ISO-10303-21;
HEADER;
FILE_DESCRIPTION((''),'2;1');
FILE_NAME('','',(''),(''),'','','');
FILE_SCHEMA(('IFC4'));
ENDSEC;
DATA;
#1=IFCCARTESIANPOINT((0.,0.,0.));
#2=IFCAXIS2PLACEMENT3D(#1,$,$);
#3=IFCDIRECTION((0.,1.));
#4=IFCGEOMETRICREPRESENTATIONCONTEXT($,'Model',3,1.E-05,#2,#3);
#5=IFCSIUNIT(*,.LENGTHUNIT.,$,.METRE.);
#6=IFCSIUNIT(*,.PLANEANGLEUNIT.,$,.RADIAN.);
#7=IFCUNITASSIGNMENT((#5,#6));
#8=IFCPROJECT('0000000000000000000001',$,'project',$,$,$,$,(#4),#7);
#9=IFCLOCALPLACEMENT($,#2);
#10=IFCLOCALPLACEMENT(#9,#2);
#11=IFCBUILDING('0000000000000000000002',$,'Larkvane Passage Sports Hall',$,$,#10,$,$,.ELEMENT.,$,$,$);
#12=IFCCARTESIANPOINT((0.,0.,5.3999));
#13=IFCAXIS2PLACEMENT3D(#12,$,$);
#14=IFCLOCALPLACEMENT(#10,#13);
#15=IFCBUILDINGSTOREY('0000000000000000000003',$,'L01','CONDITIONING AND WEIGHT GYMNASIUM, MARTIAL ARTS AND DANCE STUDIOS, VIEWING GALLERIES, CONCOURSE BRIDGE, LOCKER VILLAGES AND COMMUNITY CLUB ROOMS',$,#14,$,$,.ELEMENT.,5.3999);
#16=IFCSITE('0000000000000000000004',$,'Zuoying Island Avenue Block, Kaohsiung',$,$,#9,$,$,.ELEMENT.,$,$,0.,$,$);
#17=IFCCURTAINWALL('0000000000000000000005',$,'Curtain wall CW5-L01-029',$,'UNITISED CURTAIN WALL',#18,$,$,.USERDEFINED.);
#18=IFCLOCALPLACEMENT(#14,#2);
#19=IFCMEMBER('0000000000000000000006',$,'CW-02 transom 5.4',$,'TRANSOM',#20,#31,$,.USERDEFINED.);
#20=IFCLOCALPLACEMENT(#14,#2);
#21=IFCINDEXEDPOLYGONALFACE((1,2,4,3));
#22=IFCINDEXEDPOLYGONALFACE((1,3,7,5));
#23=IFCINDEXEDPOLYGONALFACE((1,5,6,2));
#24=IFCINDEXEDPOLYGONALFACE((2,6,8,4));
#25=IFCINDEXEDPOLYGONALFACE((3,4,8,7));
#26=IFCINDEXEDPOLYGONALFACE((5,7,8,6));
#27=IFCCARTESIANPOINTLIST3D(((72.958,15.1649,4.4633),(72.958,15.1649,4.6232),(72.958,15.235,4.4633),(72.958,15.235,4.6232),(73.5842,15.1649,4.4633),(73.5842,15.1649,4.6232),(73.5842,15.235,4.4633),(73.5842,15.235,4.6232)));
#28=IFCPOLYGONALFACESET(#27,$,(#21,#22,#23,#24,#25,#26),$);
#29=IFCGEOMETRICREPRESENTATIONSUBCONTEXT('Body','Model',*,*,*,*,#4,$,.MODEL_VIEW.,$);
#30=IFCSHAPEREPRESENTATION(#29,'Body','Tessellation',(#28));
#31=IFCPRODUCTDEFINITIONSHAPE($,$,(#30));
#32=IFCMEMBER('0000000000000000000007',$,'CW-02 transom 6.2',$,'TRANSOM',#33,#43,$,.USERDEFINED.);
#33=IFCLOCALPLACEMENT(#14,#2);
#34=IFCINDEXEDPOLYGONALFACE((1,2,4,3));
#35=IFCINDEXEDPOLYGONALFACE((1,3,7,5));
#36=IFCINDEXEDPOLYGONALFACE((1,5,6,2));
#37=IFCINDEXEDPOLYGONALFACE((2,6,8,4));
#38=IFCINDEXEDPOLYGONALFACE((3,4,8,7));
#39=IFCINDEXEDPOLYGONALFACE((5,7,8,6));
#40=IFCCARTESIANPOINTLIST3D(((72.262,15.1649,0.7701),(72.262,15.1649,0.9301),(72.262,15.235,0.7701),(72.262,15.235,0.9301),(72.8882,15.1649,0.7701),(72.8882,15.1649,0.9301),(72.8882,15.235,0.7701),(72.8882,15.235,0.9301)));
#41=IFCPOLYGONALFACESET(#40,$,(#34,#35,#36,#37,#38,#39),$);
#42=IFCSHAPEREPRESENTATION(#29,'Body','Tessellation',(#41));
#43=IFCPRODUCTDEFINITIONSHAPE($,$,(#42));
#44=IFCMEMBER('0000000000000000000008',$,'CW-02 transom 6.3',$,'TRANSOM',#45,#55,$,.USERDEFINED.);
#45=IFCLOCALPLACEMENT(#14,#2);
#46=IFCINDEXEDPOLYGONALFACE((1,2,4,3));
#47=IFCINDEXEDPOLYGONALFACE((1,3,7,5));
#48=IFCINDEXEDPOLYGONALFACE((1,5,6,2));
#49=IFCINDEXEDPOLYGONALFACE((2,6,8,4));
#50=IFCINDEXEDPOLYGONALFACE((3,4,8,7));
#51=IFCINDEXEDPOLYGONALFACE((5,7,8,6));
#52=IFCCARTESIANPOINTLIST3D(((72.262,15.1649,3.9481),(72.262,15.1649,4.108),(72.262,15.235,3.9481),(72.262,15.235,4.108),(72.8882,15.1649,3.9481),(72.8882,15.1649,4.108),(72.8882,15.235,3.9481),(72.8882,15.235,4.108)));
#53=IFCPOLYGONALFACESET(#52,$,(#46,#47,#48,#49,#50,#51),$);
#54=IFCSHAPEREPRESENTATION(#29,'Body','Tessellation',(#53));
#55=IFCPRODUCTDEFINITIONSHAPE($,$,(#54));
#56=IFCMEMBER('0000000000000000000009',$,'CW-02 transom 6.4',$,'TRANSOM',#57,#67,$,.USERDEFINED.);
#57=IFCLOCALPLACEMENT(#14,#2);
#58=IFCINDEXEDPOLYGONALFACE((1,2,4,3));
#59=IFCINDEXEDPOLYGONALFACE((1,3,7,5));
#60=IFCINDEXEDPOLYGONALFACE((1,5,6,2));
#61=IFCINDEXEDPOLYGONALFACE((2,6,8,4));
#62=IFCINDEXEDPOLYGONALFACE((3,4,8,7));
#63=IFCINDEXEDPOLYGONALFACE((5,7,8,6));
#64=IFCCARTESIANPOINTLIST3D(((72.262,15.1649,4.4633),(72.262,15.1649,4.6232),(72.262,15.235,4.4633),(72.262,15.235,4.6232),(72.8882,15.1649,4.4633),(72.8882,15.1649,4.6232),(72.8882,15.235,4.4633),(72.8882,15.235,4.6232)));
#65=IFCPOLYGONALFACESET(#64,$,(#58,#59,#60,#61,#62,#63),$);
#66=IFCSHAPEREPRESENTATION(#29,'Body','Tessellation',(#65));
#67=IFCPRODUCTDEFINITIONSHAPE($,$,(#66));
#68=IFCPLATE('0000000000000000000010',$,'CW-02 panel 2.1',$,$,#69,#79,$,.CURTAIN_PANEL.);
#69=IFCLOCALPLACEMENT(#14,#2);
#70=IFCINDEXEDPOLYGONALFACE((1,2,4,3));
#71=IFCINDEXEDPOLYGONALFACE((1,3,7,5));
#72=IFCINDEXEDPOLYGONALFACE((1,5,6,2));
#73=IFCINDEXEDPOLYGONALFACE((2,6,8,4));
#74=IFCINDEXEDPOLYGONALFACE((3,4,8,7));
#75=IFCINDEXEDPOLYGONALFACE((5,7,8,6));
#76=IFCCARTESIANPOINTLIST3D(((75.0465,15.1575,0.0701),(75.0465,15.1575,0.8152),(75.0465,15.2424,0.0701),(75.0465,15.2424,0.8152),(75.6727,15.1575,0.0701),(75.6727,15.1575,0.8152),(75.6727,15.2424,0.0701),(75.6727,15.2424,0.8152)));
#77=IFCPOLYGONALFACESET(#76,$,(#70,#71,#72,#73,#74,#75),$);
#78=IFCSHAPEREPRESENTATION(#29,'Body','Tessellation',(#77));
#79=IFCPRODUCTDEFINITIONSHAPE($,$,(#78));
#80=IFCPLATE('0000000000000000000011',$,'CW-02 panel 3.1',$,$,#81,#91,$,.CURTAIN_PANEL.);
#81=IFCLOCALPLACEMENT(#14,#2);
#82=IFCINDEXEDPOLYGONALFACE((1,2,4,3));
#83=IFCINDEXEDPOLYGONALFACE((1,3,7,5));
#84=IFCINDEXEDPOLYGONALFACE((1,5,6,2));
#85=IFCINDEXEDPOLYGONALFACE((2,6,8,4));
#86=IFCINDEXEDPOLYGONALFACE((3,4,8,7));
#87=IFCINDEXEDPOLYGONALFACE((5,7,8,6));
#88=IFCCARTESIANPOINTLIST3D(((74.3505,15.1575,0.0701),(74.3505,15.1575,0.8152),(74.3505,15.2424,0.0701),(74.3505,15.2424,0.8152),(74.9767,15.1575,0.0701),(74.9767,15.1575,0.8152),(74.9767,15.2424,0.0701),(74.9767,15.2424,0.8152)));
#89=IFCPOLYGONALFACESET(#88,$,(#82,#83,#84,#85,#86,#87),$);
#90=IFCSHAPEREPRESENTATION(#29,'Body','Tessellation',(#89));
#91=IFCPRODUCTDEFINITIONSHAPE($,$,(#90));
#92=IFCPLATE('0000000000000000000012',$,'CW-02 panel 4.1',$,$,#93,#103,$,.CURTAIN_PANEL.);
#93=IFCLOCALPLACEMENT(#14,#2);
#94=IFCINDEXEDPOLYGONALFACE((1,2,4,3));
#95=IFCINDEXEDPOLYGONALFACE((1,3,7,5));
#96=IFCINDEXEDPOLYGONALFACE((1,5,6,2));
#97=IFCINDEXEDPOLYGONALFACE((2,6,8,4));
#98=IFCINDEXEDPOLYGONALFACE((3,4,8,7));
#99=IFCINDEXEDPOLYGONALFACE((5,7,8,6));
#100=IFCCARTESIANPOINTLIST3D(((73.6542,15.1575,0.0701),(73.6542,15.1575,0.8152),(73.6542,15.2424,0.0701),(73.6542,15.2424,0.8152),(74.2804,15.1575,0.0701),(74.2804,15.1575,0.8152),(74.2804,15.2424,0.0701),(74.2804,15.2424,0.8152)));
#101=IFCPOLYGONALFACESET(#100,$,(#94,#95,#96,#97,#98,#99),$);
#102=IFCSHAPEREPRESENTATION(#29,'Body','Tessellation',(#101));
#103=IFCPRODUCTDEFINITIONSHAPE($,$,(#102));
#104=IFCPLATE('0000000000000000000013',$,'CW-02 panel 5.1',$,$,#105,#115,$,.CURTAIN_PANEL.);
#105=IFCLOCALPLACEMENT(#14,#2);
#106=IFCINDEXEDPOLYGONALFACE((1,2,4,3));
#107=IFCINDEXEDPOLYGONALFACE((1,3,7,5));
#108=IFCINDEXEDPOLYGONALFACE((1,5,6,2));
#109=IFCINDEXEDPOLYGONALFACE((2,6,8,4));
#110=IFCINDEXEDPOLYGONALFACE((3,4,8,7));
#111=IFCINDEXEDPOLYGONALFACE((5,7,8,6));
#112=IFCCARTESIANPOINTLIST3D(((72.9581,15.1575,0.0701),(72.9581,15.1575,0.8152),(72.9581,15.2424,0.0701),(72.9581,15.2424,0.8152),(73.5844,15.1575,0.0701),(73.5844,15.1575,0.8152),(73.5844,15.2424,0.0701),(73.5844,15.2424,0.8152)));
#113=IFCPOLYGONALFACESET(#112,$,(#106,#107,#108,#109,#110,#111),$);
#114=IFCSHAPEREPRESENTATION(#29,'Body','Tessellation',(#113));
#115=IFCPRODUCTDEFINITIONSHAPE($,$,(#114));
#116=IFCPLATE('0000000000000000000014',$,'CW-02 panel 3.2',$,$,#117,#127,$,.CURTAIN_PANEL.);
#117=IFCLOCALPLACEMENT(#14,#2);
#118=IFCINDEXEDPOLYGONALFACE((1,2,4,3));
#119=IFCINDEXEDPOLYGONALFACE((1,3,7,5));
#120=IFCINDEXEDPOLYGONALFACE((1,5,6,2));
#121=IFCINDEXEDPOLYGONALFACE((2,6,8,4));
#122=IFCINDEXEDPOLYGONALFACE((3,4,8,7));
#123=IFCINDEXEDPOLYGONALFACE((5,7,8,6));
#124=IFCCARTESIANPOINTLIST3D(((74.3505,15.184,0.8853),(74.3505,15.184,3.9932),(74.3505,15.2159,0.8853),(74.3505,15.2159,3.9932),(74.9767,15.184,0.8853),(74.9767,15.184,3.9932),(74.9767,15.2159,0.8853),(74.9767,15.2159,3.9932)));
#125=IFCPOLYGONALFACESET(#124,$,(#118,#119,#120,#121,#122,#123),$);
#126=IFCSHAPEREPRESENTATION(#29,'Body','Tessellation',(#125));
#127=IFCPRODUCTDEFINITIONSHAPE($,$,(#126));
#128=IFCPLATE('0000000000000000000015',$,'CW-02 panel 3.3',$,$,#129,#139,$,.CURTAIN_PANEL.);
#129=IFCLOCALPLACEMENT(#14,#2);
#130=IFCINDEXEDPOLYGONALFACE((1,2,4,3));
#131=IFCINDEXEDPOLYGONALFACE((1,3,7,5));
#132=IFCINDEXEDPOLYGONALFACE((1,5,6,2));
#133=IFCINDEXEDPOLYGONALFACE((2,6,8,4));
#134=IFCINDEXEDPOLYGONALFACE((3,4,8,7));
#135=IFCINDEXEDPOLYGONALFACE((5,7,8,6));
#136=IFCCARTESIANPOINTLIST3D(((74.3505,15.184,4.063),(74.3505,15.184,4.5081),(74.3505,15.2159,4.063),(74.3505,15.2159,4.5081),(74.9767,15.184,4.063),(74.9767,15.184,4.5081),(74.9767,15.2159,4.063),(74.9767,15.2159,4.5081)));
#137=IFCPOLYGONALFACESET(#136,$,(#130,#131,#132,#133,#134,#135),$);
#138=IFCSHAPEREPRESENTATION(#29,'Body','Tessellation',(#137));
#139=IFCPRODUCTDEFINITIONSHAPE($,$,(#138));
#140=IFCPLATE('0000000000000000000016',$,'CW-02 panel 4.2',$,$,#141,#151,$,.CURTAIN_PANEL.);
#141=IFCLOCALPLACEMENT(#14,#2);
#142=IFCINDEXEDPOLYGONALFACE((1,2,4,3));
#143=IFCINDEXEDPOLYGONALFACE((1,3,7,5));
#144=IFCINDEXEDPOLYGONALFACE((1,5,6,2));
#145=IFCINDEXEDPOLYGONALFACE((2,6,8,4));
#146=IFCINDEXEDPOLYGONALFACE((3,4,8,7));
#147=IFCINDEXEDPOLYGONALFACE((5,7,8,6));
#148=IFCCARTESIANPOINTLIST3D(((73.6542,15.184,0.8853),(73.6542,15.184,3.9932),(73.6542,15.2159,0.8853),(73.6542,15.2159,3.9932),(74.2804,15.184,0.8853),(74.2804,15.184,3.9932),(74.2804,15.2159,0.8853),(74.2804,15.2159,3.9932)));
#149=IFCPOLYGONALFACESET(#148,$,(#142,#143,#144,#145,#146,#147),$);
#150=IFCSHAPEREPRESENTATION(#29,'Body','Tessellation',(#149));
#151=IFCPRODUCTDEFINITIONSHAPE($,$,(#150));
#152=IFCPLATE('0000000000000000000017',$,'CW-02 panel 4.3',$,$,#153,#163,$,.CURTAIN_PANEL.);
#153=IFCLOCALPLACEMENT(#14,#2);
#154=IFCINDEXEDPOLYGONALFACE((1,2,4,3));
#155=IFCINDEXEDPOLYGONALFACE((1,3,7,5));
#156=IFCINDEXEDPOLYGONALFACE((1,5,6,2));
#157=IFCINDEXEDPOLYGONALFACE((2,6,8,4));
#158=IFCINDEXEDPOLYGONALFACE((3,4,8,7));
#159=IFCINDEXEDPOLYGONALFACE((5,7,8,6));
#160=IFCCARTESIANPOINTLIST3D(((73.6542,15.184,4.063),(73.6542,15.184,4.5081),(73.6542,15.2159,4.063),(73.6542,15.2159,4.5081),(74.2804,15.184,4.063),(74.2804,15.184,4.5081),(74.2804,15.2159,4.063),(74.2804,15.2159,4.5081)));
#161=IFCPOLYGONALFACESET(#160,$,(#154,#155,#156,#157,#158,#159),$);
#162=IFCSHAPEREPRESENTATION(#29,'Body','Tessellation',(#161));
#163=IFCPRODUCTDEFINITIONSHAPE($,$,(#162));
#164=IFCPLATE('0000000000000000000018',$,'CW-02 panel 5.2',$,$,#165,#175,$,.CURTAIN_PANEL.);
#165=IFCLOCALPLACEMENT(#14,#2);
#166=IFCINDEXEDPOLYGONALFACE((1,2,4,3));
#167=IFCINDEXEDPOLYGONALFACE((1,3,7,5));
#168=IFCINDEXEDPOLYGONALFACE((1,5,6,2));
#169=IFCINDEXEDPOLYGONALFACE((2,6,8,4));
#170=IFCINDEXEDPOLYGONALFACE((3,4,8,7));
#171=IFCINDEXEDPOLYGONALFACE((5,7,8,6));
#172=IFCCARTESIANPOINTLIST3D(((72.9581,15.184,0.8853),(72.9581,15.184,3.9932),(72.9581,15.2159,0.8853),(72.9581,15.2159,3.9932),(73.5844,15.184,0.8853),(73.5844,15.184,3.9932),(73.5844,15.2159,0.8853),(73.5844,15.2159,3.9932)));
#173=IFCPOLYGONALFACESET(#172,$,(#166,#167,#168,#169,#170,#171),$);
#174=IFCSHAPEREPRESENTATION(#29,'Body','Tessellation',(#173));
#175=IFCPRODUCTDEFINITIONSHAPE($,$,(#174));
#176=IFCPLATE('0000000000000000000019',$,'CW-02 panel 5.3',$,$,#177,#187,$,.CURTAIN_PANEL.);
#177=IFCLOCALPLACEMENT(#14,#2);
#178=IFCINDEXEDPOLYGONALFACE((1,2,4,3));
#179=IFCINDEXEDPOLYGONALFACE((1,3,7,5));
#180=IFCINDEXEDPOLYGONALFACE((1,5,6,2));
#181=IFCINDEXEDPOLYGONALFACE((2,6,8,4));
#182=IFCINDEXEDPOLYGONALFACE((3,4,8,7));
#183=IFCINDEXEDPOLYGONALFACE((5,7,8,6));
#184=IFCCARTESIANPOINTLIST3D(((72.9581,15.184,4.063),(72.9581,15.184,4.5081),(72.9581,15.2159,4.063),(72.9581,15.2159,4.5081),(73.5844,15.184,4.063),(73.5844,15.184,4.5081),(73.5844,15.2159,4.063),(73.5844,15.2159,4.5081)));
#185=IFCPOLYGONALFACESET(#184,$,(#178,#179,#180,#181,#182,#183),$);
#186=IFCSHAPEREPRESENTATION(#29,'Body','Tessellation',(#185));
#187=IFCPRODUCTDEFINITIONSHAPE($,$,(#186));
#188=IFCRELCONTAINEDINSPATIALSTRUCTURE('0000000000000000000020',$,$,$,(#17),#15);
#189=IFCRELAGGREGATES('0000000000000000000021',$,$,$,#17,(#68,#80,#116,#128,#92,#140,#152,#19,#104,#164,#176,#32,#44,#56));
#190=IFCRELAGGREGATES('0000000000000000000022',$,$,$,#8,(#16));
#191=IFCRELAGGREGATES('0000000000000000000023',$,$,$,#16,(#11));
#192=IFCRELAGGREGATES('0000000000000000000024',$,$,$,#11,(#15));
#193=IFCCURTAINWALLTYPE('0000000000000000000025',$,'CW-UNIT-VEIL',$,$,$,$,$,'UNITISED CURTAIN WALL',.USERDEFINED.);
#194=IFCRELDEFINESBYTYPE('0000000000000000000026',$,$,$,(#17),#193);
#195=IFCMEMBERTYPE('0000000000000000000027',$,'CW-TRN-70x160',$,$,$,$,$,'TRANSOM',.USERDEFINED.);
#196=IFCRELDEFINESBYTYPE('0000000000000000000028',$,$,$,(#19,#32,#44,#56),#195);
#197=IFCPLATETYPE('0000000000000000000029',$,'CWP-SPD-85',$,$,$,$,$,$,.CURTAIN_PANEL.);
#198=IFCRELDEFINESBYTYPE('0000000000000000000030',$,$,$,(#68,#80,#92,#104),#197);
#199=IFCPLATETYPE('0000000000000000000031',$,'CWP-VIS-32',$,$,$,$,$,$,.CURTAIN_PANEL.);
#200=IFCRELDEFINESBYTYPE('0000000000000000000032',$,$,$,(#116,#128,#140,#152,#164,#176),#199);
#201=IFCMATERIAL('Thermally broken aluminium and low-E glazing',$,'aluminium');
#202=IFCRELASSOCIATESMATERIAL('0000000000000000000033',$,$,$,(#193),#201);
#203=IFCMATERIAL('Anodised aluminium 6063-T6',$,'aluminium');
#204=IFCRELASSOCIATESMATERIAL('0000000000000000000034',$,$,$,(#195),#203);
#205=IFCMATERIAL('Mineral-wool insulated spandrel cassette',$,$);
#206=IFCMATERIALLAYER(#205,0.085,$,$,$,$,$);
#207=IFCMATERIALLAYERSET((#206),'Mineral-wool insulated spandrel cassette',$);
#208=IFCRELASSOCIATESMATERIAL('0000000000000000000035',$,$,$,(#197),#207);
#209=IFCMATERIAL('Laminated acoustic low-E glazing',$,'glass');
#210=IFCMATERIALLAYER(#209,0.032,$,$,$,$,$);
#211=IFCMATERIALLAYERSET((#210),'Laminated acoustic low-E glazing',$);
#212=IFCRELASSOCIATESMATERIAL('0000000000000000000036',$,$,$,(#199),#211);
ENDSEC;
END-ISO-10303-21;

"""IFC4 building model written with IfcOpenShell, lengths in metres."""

from ifc_helpers import new_model, si_unit, direction, frame, origin, origin_2d, place, context, subcontext, project, spatial, rectangle, extrude, material, layer, layer_set, material_profile, profile_set, type_object, element, aggregate, save


model = new_model("IFC4")

# Units and contexts
model_context = context("Model", 3, precision=1e-05, world=origin(), true_north=direction((0.0, 1.0)))
body_context = subcontext(model_context, "Body", "Model", "MODEL_VIEW")
ifc_project = project(units=[si_unit("LENGTHUNIT", "METRE"), si_unit("PLANEANGLEUNIT", "RADIAN")], contexts=[model_context])

# Site, building, storey
site_placement = place(None, origin())
site = spatial("IfcSite", under=ifc_project, at=site_placement, Name="Zuoying Island Avenue Block, Kaohsiung", CompositionType="ELEMENT", RefElevation=0.0)
building_placement = place(site_placement, origin())
building = spatial("IfcBuilding", under=site, at=building_placement, Name="Larkvane Passage Sports Hall", CompositionType="ELEMENT")
storey_placement = place(building_placement, frame((0.0, 0.0, 5.3999)))
storey = spatial("IfcBuildingStorey", under=building, at=storey_placement, Name="L01", Description="CONDITIONING AND WEIGHT GYMNASIUM, MARTIAL ARTS AND DANCE STUDIOS, VIEWING GALLERIES, CONCOURSE BRIDGE, LOCKER VILLAGES AND COMMUNITY CLUB ROOMS", CompositionType="ELEMENT", Elevation=5.3999)

# Curtain wall, members, plates
ifc_material_1 = material(Name="Thermally broken aluminium and low-E glazing", Category="aluminium")
curtain_wall_type = type_object("IfcCurtainWallType", Name="CW-UNIT-VEIL", ElementType="UNITISED CURTAIN WALL", PredefinedType="USERDEFINED", material=ifc_material_1)
curtain_wall_placement = place(storey_placement, origin())
curtain_wall = element("IfcCurtainWall", 1, at=curtain_wall_placement, inside=storey, type_object=curtain_wall_type, Name="Curtain wall CW5-L01-029", ObjectType="UNITISED CURTAIN WALL", PredefinedType="USERDEFINED")
ifc_material_2 = material(Name="Anodised aluminium 6063-T6", Category="aluminium")
ifc_material_profile_1 = material_profile(ifc_material_2, rectangle(XDim=0.0701, YDim=0.1599, at=origin_2d()), Name="ALU-TRN-70x160")
ifc_profile_set_1 = profile_set([ifc_material_profile_1], Name="Anodised aluminium 6063-T6")
member_type_1 = type_object("IfcMemberType", Name="CW-TRN-70x160", ElementType="TRANSOM", PredefinedType="USERDEFINED", material=ifc_profile_set_1)
member_1_placement = place(storey_placement, frame((73.5842, 15.2, 4.5432), z_axis=(-1.0, 0.0, 0.0), x_axis=(0.0, -1.0, 0.0)))
member_1 = element("IfcMember", 2, at=member_1_placement, type_object=member_type_1, Name="CW-02 transom 5.4", ObjectType="TRANSOM", PredefinedType="USERDEFINED", context=body_context, shape_type="SweptSolid", body=[
    extrude(rectangle(XDim=0.0701, YDim=0.1599, at=origin_2d()), origin(), (0.0, 0.0, 1.0), 0.6262),
])
member_2_placement = place(storey_placement, frame((72.8882, 15.2, 0.8501), z_axis=(-1.0, 0.0, 0.0), x_axis=(0.0, -1.0, 0.0)))
member_2 = element("IfcMember", 3, at=member_2_placement, type_object=member_type_1, Name="CW-02 transom 6.2", ObjectType="TRANSOM", PredefinedType="USERDEFINED", context=body_context, shape_type="SweptSolid", body=[
    extrude(rectangle(XDim=0.0701, YDim=0.1599, at=origin_2d()), origin(), (0.0, 0.0, 1.0), 0.6262),
])
member_3_placement = place(storey_placement, frame((72.8882, 15.2, 4.0281), z_axis=(-1.0, 0.0, 0.0), x_axis=(0.0, -1.0, 0.0)))
member_3 = element("IfcMember", 4, at=member_3_placement, type_object=member_type_1, Name="CW-02 transom 6.3", ObjectType="TRANSOM", PredefinedType="USERDEFINED", context=body_context, shape_type="SweptSolid", body=[
    extrude(rectangle(XDim=0.0701, YDim=0.1599, at=origin_2d()), origin(), (0.0, 0.0, 1.0), 0.6262),
])
member_4_placement = place(storey_placement, frame((72.8882, 15.2, 4.5432), z_axis=(-1.0, 0.0, 0.0), x_axis=(0.0, -1.0, 0.0)))
member_4 = element("IfcMember", 5, at=member_4_placement, type_object=member_type_1, Name="CW-02 transom 6.4", ObjectType="TRANSOM", PredefinedType="USERDEFINED", context=body_context, shape_type="SweptSolid", body=[
    extrude(rectangle(XDim=0.0701, YDim=0.1599, at=origin_2d()), origin(), (0.0, 0.0, 1.0), 0.6262),
])
ifc_material_3 = material(Name="Mineral-wool insulated spandrel cassette")
ifc_layer_1 = layer(ifc_material_3, 0.085)
ifc_layer_set_1 = layer_set([ifc_layer_1], Name="Mineral-wool insulated spandrel cassette")
plate_type_1 = type_object("IfcPlateType", Name="CWP-SPD-85", PredefinedType="CURTAIN_PANEL", material=ifc_layer_set_1)
plate_1_placement = place(storey_placement, frame((75.3596, 15.2, 0.0701), z_axis=(0.0, 0.0, 1.0), x_axis=(-1.0, 0.0, 0.0)))
plate_1 = element("IfcPlate", 6, at=plate_1_placement, type_object=plate_type_1, Name="CW-02 panel 2.1", PredefinedType="CURTAIN_PANEL", context=body_context, shape_type="SweptSolid", body=[
    extrude(rectangle(XDim=0.6262, YDim=0.085, at=origin_2d()), origin(), (0.0, 0.0, 1.0), 0.7451),
])
plate_2_placement = place(storey_placement, frame((74.6636, 15.2, 0.0701), z_axis=(0.0, 0.0, 1.0), x_axis=(-1.0, 0.0, 0.0)))
plate_2 = element("IfcPlate", 7, at=plate_2_placement, type_object=plate_type_1, Name="CW-02 panel 3.1", PredefinedType="CURTAIN_PANEL", context=body_context, shape_type="SweptSolid", body=[
    extrude(rectangle(XDim=0.6262, YDim=0.085, at=origin_2d()), origin(), (0.0, 0.0, 1.0), 0.7451),
])
plate_3_placement = place(storey_placement, frame((73.9673, 15.2, 0.0701), z_axis=(0.0, 0.0, 1.0), x_axis=(-1.0, 0.0, 0.0)))
plate_3 = element("IfcPlate", 8, at=plate_3_placement, type_object=plate_type_1, Name="CW-02 panel 4.1", PredefinedType="CURTAIN_PANEL", context=body_context, shape_type="SweptSolid", body=[
    extrude(rectangle(XDim=0.6262, YDim=0.085, at=origin_2d()), origin(), (0.0, 0.0, 1.0), 0.7451),
])
plate_4_placement = place(storey_placement, frame((73.2712, 15.2, 0.0701), z_axis=(0.0, 0.0, 1.0), x_axis=(-1.0, 0.0, 0.0)))
plate_4 = element("IfcPlate", 9, at=plate_4_placement, type_object=plate_type_1, Name="CW-02 panel 5.1", PredefinedType="CURTAIN_PANEL", context=body_context, shape_type="SweptSolid", body=[
    extrude(rectangle(XDim=0.6262, YDim=0.085, at=origin_2d()), origin(), (0.0, 0.0, 1.0), 0.7451),
])
ifc_material_4 = material(Name="Laminated acoustic low-E glazing", Category="glass")
ifc_layer_2 = layer(ifc_material_4, 0.032)
ifc_layer_set_2 = layer_set([ifc_layer_2], Name="Laminated acoustic low-E glazing")
plate_type_2 = type_object("IfcPlateType", Name="CWP-VIS-32", PredefinedType="CURTAIN_PANEL", material=ifc_layer_set_2)
plate_5_placement = place(storey_placement, frame((74.6636, 15.2, 0.8853), z_axis=(0.0, 0.0, 1.0), x_axis=(-1.0, 0.0, 0.0)))
plate_5 = element("IfcPlate", 10, at=plate_5_placement, type_object=plate_type_2, Name="CW-02 panel 3.2", PredefinedType="CURTAIN_PANEL", context=body_context, shape_type="SweptSolid", body=[
    extrude(rectangle(XDim=0.6262, YDim=0.032, at=origin_2d()), origin(), (0.0, 0.0, 1.0), 3.1079),
])
plate_6_placement = place(storey_placement, frame((74.6636, 15.2, 4.063), z_axis=(0.0, 0.0, 1.0), x_axis=(-1.0, 0.0, 0.0)))
plate_6 = element("IfcPlate", 11, at=plate_6_placement, type_object=plate_type_2, Name="CW-02 panel 3.3", PredefinedType="CURTAIN_PANEL", context=body_context, shape_type="SweptSolid", body=[
    extrude(rectangle(XDim=0.6262, YDim=0.032, at=origin_2d()), origin(), (0.0, 0.0, 1.0), 0.4451),
])
plate_7_placement = place(storey_placement, frame((73.9673, 15.2, 0.8853), z_axis=(0.0, 0.0, 1.0), x_axis=(-1.0, 0.0, 0.0)))
plate_7 = element("IfcPlate", 12, at=plate_7_placement, type_object=plate_type_2, Name="CW-02 panel 4.2", PredefinedType="CURTAIN_PANEL", context=body_context, shape_type="SweptSolid", body=[
    extrude(rectangle(XDim=0.6262, YDim=0.032, at=origin_2d()), origin(), (0.0, 0.0, 1.0), 3.1079),
])
plate_8_placement = place(storey_placement, frame((73.9673, 15.2, 4.063), z_axis=(0.0, 0.0, 1.0), x_axis=(-1.0, 0.0, 0.0)))
plate_8 = element("IfcPlate", 13, at=plate_8_placement, type_object=plate_type_2, Name="CW-02 panel 4.3", PredefinedType="CURTAIN_PANEL", context=body_context, shape_type="SweptSolid", body=[
    extrude(rectangle(XDim=0.6262, YDim=0.032, at=origin_2d()), origin(), (0.0, 0.0, 1.0), 0.4451),
])
plate_9_placement = place(storey_placement, frame((73.2712, 15.2, 0.8853), z_axis=(0.0, 0.0, 1.0), x_axis=(-1.0, 0.0, 0.0)))
plate_9 = element("IfcPlate", 14, at=plate_9_placement, type_object=plate_type_2, Name="CW-02 panel 5.2", PredefinedType="CURTAIN_PANEL", context=body_context, shape_type="SweptSolid", body=[
    extrude(rectangle(XDim=0.6262, YDim=0.032, at=origin_2d()), origin(), (0.0, 0.0, 1.0), 3.1079),
])
plate_10_placement = place(storey_placement, frame((73.2712, 15.2, 4.063), z_axis=(0.0, 0.0, 1.0), x_axis=(-1.0, 0.0, 0.0)))
plate_10 = element("IfcPlate", 15, at=plate_10_placement, type_object=plate_type_2, Name="CW-02 panel 5.3", PredefinedType="CURTAIN_PANEL", context=body_context, shape_type="SweptSolid", body=[
    extrude(rectangle(XDim=0.6262, YDim=0.032, at=origin_2d()), origin(), (0.0, 0.0, 1.0), 0.4451),
])
aggregate(curtain_wall, [plate_1, plate_2, plate_5, plate_6, plate_3, plate_7, plate_8, member_1, plate_4, plate_9, plate_10, member_2, member_3, member_4])

save(model, "model.ifc")
